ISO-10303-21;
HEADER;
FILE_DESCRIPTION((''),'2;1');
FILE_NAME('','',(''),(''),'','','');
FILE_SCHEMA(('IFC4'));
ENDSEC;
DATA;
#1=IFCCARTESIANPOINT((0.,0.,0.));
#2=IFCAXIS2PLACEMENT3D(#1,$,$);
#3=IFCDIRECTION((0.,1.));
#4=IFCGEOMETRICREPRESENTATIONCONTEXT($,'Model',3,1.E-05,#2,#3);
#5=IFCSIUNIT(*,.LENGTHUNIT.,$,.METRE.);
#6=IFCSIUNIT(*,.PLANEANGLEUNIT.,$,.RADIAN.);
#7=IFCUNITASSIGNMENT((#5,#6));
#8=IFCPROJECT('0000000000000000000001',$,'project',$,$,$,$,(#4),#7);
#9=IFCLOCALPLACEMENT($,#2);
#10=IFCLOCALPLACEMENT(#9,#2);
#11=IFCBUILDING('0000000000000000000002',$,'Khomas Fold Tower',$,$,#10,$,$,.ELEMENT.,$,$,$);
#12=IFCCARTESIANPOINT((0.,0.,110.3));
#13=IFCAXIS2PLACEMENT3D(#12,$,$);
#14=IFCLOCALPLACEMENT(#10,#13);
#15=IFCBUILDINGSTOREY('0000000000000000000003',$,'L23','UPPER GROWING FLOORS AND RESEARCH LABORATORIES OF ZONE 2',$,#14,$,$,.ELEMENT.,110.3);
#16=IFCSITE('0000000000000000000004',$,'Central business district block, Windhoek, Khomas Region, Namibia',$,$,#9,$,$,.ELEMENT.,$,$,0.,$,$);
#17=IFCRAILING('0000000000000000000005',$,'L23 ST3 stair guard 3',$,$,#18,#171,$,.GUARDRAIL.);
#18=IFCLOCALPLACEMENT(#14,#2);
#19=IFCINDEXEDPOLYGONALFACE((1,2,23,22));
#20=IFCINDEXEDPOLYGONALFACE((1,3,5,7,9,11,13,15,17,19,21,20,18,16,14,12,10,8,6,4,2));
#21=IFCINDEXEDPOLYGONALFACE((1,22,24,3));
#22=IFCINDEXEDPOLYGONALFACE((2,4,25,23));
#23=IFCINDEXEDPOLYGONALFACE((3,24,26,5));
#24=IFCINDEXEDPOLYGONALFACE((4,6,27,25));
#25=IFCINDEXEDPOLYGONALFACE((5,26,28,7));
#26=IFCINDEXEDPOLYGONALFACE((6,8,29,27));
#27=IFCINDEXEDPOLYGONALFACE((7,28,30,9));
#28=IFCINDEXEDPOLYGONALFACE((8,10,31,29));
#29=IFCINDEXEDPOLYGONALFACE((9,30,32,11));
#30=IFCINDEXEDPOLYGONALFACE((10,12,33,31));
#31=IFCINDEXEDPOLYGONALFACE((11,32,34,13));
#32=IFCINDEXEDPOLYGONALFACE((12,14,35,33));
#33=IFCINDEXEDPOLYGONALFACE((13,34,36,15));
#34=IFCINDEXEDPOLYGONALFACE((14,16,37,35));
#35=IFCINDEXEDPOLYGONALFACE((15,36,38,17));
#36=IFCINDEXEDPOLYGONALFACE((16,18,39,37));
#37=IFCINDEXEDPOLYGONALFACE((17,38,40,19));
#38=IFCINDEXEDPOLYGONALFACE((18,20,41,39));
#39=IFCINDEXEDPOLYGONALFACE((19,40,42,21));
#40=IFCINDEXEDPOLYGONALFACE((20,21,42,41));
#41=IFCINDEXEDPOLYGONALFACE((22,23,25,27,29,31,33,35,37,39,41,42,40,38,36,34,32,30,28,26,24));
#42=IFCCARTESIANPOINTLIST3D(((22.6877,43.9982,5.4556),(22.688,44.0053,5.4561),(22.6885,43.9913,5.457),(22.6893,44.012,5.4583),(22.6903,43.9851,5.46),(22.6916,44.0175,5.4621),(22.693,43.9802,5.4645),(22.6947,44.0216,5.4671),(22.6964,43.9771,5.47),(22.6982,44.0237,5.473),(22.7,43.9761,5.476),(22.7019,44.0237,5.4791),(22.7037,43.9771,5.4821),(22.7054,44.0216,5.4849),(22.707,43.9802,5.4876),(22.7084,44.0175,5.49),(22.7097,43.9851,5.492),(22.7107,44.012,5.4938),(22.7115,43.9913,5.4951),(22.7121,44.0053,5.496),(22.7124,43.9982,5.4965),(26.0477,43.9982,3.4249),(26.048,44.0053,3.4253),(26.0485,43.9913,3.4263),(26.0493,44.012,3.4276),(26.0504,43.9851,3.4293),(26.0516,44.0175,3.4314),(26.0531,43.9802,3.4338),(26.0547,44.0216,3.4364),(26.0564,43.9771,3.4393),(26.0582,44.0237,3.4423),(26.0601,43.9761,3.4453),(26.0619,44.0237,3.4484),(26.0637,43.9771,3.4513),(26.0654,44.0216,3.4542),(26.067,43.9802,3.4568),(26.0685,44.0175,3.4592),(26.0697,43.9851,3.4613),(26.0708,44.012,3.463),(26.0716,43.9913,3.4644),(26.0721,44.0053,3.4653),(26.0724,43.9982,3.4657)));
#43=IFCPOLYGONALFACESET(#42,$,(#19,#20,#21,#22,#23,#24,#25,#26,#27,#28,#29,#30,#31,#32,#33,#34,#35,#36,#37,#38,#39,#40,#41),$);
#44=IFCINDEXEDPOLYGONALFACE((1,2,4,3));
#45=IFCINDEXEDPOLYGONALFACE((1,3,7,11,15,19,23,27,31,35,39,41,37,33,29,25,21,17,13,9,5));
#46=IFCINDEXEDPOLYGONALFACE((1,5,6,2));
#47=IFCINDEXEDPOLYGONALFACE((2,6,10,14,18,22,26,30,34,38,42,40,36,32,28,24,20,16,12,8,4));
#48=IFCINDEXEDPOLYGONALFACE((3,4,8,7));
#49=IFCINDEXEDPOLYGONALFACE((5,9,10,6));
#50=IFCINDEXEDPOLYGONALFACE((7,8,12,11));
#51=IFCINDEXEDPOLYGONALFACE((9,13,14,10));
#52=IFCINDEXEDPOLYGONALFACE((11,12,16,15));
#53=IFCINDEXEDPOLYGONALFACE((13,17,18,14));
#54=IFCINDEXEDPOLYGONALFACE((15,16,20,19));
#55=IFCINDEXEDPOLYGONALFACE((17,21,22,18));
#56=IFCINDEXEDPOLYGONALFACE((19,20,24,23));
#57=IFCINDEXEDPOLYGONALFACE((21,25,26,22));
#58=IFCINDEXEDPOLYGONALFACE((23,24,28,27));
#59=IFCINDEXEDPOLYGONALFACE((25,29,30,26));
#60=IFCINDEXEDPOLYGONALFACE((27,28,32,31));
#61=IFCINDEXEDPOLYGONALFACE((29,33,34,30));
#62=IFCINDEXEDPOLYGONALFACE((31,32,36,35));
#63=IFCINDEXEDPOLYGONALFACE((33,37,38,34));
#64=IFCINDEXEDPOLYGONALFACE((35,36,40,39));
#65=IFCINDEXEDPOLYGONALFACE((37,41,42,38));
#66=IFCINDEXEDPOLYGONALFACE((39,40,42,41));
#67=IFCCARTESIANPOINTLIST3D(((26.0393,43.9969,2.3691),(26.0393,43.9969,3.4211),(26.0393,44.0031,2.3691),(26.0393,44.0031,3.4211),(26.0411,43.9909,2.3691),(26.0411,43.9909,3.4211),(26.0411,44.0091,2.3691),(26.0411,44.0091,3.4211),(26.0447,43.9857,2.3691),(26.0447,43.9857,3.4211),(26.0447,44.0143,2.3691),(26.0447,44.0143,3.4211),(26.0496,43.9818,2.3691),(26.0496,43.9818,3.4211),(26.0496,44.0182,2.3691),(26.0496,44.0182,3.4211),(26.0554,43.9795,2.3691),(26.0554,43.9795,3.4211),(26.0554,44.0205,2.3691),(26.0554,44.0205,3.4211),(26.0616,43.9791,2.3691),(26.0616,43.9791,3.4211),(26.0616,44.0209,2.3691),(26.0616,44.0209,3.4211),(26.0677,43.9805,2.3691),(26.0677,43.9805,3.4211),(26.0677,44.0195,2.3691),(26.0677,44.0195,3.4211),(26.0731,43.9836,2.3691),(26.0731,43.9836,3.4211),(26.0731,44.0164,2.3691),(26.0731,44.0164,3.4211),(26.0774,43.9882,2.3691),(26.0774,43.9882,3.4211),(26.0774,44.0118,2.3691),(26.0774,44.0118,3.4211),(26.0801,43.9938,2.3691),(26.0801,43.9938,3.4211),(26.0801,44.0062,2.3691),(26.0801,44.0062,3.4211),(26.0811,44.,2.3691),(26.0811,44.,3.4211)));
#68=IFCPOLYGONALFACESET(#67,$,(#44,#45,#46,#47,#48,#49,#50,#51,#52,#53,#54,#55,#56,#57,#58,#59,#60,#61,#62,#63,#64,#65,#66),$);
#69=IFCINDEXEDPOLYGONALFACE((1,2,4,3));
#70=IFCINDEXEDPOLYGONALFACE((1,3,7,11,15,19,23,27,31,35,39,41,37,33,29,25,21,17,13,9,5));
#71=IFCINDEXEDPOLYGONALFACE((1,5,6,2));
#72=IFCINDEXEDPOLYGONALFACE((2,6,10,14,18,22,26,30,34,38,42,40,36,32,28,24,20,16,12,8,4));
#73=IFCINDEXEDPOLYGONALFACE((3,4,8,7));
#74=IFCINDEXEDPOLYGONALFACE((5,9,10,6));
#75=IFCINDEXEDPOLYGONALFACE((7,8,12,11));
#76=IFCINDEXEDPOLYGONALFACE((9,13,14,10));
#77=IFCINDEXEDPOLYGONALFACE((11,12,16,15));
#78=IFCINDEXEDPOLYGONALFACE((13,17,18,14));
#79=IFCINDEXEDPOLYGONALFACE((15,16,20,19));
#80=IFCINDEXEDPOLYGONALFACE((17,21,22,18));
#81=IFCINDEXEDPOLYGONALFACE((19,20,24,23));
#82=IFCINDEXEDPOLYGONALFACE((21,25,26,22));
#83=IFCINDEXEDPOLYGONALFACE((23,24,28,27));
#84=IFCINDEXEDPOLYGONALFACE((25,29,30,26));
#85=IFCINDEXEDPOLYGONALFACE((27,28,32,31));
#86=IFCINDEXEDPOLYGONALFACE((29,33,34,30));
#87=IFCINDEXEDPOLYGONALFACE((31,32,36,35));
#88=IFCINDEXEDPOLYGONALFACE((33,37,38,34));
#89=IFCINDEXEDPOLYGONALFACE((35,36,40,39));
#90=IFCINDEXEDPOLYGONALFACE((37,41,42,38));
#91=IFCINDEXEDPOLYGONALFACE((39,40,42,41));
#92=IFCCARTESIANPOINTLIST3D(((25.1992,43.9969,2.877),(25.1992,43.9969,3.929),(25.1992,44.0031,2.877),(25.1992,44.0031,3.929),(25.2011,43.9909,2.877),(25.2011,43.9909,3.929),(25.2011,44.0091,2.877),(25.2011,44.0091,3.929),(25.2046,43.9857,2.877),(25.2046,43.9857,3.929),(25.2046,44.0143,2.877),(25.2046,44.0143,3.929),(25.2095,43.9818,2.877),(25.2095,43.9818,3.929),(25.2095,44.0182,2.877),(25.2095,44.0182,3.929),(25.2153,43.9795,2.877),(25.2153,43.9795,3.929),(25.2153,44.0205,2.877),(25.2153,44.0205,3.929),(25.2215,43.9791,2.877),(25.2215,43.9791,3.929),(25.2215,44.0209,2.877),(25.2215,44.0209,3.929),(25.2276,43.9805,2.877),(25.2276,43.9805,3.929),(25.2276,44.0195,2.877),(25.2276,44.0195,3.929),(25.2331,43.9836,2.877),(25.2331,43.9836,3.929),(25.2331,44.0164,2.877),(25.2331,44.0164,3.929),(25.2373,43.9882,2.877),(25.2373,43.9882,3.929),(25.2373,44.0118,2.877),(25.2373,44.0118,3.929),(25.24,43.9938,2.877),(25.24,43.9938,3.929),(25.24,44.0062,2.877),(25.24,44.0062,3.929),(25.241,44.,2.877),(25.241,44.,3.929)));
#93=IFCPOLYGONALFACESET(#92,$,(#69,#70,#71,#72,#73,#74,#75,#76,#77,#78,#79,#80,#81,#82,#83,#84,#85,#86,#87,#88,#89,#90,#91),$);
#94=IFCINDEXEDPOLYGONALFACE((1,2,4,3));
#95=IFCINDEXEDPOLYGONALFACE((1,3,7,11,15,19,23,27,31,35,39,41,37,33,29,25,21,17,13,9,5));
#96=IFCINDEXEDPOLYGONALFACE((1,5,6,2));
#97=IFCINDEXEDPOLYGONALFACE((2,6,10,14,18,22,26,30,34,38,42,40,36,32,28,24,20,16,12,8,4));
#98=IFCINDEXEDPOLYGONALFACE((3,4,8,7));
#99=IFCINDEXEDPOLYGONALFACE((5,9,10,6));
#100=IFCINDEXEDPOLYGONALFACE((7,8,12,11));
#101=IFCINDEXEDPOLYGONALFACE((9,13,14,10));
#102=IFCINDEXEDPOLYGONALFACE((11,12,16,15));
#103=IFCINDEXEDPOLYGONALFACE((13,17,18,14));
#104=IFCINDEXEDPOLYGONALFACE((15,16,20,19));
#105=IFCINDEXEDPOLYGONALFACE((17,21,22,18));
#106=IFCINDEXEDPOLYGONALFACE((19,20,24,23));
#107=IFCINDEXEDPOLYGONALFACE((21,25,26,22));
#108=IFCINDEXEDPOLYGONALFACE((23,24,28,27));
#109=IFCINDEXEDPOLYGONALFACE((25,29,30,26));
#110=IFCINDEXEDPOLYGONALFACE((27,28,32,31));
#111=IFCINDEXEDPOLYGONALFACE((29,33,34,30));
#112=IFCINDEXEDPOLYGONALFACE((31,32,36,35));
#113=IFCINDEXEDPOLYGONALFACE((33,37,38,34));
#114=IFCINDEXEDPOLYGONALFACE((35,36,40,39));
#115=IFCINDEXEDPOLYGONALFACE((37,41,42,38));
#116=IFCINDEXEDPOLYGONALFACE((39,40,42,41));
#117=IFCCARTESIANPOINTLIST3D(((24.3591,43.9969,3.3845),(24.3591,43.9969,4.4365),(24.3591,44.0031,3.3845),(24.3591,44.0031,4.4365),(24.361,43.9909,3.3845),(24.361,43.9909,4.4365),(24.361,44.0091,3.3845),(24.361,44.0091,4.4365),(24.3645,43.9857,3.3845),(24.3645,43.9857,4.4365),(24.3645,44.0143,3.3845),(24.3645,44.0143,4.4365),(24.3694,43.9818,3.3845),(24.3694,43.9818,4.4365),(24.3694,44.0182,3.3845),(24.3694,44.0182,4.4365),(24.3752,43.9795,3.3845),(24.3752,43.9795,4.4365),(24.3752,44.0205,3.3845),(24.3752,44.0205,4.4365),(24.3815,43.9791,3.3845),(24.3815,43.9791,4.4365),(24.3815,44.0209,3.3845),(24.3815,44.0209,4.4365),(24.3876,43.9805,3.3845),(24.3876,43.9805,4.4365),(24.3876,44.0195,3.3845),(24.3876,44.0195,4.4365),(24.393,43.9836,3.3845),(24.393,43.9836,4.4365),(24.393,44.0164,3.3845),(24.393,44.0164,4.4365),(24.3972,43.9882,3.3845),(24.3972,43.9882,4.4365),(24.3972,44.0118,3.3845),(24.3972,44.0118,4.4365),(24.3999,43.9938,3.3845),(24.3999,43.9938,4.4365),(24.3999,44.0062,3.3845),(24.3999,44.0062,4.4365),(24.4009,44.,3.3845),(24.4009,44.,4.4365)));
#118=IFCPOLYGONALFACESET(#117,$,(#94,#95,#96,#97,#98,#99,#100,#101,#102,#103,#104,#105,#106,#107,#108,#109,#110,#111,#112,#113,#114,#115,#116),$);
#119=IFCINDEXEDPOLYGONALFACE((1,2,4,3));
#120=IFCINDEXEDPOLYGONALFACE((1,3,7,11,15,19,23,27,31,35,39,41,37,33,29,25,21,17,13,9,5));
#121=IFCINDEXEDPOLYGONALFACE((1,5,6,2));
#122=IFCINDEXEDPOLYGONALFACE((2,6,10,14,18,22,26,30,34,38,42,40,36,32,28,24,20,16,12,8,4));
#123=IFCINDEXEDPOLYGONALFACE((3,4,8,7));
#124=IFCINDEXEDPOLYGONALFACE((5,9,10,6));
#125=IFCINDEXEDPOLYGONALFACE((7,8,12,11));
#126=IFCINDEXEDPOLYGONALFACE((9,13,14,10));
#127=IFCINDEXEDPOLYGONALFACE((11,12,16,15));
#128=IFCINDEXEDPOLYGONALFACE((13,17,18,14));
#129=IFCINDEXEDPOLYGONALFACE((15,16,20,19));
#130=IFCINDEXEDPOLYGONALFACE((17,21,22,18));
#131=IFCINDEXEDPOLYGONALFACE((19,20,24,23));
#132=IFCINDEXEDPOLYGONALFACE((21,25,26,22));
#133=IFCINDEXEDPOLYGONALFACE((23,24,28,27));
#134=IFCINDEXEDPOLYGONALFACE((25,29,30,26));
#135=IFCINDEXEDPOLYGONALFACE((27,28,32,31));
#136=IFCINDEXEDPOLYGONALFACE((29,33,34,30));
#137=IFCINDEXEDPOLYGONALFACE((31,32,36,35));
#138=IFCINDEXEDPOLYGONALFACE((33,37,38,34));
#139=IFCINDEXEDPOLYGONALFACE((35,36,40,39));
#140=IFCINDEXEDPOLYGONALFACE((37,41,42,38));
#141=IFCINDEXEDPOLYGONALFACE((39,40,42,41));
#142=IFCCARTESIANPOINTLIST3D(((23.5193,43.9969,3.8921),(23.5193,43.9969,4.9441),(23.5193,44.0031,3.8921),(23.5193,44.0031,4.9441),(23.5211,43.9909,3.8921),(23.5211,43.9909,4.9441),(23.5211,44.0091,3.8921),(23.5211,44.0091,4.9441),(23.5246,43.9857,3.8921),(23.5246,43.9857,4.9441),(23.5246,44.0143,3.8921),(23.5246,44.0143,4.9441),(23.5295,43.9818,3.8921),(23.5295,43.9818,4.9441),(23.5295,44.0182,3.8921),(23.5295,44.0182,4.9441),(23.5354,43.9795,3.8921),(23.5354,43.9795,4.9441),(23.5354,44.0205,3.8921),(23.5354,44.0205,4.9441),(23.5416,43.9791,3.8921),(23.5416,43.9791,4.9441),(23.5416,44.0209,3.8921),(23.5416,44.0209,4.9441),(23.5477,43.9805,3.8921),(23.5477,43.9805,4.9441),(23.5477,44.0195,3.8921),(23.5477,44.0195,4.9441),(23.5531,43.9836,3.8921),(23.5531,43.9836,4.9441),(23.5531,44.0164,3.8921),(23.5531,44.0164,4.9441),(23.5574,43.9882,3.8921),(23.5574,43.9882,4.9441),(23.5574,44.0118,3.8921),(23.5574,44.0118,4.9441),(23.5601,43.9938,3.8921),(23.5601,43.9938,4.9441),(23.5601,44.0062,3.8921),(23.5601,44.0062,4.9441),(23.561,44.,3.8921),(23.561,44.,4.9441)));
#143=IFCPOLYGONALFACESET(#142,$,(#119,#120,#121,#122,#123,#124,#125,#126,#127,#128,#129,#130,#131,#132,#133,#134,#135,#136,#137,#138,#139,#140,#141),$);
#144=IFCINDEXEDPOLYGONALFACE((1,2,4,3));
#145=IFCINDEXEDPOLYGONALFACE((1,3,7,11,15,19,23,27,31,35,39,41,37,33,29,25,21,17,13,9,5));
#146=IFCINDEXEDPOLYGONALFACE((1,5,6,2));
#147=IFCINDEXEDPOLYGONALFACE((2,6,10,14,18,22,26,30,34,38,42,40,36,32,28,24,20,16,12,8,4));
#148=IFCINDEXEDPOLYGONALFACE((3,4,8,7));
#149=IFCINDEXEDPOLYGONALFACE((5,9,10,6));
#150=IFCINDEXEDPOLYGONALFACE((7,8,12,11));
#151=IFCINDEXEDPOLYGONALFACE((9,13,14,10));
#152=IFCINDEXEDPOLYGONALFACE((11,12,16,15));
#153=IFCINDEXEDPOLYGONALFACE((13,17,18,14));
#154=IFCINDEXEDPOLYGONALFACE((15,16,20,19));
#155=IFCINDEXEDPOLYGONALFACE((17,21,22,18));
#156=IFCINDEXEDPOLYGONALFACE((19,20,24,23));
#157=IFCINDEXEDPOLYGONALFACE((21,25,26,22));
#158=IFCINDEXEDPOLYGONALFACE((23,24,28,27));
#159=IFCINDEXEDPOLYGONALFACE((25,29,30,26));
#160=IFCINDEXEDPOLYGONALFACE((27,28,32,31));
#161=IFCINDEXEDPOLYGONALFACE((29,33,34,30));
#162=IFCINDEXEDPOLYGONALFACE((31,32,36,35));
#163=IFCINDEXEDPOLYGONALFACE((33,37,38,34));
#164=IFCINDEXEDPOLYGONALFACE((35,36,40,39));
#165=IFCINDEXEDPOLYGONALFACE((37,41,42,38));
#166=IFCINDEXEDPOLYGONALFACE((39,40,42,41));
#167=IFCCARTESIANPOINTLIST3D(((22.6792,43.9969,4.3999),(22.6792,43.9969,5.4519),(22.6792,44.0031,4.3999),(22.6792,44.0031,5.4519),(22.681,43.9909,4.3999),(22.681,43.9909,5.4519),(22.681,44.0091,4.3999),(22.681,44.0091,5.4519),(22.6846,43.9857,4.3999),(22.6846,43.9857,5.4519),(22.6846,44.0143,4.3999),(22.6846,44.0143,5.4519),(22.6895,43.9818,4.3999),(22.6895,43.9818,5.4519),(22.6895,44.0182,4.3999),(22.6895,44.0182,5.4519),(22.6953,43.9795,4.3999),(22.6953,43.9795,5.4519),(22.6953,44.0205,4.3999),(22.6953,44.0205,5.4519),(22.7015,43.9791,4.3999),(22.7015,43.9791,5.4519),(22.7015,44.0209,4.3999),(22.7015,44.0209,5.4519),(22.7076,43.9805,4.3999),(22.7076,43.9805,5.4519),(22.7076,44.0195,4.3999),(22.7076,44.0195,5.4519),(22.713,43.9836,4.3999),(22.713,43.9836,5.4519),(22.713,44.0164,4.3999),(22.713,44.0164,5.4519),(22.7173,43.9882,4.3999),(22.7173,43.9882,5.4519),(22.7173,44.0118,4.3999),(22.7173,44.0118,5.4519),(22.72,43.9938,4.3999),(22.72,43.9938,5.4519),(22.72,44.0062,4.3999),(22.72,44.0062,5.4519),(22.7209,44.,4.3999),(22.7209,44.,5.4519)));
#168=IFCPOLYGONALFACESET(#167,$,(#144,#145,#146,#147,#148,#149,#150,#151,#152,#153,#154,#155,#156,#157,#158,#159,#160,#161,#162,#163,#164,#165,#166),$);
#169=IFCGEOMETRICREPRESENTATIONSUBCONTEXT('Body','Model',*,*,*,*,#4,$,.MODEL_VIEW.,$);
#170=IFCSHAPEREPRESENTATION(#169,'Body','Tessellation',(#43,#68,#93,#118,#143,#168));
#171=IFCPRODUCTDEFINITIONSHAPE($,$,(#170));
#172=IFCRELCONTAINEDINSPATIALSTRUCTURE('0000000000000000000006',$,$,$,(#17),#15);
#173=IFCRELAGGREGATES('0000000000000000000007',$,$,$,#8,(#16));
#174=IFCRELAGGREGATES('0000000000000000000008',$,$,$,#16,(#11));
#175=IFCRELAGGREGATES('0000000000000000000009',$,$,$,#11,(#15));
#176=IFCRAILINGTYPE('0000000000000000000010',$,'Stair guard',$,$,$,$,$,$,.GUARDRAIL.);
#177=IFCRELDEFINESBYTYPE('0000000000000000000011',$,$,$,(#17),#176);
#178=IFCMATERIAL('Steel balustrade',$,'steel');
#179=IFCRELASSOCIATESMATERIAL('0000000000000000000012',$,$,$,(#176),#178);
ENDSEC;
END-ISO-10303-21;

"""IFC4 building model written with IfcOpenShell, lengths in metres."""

from ifc_helpers import new_model, si_unit, direction, frame, origin, origin_2d, place, context, subcontext, project, spatial, circle, extrude, source, transform, mapped, material, type_object, element, save


model = new_model("IFC4")

# Units and contexts
model_context = context("Model", 3, precision=1e-05, world=origin(), true_north=direction((0.0, 1.0)))
body_context = subcontext(model_context, "Body", "Model", "MODEL_VIEW")
ifc_project = project(units=[si_unit("LENGTHUNIT", "METRE"), si_unit("PLANEANGLEUNIT", "RADIAN")], contexts=[model_context])

# Site, building, storey
site_placement = place(None, origin())
site = spatial("IfcSite", under=ifc_project, at=site_placement, Name="Central business district block, Windhoek, Khomas Region, Namibia", CompositionType="ELEMENT", RefElevation=0.0)
building_placement = place(site_placement, origin())
building = spatial("IfcBuilding", under=site, at=building_placement, Name="Khomas Fold Tower", CompositionType="ELEMENT")
storey_placement = place(building_placement, frame((0.0, 0.0, 110.3)))
storey = spatial("IfcBuildingStorey", under=building, at=storey_placement, Name="L23", Description="UPPER GROWING FLOORS AND RESEARCH LABORATORIES OF ZONE 2", CompositionType="ELEMENT", Elevation=110.3)

# Railing
ifc_material_1 = material(Name="Steel balustrade", Category="steel")
railing_type_1 = type_object("IfcRailingType", Name="Stair guard", PredefinedType="GUARDRAIL", material=ifc_material_1)
shared_shape_1 = source(origin(), body_context, "Body", "SweptSolid", [
    extrude(circle(Radius=0.0239, at=origin_2d()), frame((0.0, 0.0, 1.0762), z_axis=(-0.855837, 0.0, 0.517246), x_axis=(0.0, -1.0, 0.0)), (0.0, 0.0, 1.0), 3.926),
    extrude(circle(Radius=0.021, at=origin_2d()), origin(), (0.0, 0.0, 1.0), 1.052),
    extrude(circle(Radius=0.021, at=origin_2d()), frame((-0.8401, 0.0, 0.5078)), (0.0, 0.0, 1.0), 1.052),
    extrude(circle(Radius=0.021, at=origin_2d()), frame((-1.6802, 0.0, 1.0154)), (0.0, 0.0, 1.0), 1.052),
    extrude(circle(Radius=0.021, at=origin_2d()), frame((-2.52, 0.0, 1.5229)), (0.0, 0.0, 1.0), 1.052),
    extrude(circle(Radius=0.021, at=origin_2d()), frame((-3.3601, 0.0, 2.0308)), (0.0, 0.0, 1.0), 1.052),
])
railing_1_placement = place(storey_placement, frame((26.0601, 44.0, 2.3691)))
element("IfcRailing", 1, at=railing_1_placement, inside=storey, type_object=railing_type_1, Name="L23 ST3 stair guard 3", PredefinedType="GUARDRAIL", context=body_context, shape_type="MappedRepresentation", body=[
    mapped(shared_shape_1, transform((0.0, 0.0, 0.0))),
])

save(model, "model.ifc")
